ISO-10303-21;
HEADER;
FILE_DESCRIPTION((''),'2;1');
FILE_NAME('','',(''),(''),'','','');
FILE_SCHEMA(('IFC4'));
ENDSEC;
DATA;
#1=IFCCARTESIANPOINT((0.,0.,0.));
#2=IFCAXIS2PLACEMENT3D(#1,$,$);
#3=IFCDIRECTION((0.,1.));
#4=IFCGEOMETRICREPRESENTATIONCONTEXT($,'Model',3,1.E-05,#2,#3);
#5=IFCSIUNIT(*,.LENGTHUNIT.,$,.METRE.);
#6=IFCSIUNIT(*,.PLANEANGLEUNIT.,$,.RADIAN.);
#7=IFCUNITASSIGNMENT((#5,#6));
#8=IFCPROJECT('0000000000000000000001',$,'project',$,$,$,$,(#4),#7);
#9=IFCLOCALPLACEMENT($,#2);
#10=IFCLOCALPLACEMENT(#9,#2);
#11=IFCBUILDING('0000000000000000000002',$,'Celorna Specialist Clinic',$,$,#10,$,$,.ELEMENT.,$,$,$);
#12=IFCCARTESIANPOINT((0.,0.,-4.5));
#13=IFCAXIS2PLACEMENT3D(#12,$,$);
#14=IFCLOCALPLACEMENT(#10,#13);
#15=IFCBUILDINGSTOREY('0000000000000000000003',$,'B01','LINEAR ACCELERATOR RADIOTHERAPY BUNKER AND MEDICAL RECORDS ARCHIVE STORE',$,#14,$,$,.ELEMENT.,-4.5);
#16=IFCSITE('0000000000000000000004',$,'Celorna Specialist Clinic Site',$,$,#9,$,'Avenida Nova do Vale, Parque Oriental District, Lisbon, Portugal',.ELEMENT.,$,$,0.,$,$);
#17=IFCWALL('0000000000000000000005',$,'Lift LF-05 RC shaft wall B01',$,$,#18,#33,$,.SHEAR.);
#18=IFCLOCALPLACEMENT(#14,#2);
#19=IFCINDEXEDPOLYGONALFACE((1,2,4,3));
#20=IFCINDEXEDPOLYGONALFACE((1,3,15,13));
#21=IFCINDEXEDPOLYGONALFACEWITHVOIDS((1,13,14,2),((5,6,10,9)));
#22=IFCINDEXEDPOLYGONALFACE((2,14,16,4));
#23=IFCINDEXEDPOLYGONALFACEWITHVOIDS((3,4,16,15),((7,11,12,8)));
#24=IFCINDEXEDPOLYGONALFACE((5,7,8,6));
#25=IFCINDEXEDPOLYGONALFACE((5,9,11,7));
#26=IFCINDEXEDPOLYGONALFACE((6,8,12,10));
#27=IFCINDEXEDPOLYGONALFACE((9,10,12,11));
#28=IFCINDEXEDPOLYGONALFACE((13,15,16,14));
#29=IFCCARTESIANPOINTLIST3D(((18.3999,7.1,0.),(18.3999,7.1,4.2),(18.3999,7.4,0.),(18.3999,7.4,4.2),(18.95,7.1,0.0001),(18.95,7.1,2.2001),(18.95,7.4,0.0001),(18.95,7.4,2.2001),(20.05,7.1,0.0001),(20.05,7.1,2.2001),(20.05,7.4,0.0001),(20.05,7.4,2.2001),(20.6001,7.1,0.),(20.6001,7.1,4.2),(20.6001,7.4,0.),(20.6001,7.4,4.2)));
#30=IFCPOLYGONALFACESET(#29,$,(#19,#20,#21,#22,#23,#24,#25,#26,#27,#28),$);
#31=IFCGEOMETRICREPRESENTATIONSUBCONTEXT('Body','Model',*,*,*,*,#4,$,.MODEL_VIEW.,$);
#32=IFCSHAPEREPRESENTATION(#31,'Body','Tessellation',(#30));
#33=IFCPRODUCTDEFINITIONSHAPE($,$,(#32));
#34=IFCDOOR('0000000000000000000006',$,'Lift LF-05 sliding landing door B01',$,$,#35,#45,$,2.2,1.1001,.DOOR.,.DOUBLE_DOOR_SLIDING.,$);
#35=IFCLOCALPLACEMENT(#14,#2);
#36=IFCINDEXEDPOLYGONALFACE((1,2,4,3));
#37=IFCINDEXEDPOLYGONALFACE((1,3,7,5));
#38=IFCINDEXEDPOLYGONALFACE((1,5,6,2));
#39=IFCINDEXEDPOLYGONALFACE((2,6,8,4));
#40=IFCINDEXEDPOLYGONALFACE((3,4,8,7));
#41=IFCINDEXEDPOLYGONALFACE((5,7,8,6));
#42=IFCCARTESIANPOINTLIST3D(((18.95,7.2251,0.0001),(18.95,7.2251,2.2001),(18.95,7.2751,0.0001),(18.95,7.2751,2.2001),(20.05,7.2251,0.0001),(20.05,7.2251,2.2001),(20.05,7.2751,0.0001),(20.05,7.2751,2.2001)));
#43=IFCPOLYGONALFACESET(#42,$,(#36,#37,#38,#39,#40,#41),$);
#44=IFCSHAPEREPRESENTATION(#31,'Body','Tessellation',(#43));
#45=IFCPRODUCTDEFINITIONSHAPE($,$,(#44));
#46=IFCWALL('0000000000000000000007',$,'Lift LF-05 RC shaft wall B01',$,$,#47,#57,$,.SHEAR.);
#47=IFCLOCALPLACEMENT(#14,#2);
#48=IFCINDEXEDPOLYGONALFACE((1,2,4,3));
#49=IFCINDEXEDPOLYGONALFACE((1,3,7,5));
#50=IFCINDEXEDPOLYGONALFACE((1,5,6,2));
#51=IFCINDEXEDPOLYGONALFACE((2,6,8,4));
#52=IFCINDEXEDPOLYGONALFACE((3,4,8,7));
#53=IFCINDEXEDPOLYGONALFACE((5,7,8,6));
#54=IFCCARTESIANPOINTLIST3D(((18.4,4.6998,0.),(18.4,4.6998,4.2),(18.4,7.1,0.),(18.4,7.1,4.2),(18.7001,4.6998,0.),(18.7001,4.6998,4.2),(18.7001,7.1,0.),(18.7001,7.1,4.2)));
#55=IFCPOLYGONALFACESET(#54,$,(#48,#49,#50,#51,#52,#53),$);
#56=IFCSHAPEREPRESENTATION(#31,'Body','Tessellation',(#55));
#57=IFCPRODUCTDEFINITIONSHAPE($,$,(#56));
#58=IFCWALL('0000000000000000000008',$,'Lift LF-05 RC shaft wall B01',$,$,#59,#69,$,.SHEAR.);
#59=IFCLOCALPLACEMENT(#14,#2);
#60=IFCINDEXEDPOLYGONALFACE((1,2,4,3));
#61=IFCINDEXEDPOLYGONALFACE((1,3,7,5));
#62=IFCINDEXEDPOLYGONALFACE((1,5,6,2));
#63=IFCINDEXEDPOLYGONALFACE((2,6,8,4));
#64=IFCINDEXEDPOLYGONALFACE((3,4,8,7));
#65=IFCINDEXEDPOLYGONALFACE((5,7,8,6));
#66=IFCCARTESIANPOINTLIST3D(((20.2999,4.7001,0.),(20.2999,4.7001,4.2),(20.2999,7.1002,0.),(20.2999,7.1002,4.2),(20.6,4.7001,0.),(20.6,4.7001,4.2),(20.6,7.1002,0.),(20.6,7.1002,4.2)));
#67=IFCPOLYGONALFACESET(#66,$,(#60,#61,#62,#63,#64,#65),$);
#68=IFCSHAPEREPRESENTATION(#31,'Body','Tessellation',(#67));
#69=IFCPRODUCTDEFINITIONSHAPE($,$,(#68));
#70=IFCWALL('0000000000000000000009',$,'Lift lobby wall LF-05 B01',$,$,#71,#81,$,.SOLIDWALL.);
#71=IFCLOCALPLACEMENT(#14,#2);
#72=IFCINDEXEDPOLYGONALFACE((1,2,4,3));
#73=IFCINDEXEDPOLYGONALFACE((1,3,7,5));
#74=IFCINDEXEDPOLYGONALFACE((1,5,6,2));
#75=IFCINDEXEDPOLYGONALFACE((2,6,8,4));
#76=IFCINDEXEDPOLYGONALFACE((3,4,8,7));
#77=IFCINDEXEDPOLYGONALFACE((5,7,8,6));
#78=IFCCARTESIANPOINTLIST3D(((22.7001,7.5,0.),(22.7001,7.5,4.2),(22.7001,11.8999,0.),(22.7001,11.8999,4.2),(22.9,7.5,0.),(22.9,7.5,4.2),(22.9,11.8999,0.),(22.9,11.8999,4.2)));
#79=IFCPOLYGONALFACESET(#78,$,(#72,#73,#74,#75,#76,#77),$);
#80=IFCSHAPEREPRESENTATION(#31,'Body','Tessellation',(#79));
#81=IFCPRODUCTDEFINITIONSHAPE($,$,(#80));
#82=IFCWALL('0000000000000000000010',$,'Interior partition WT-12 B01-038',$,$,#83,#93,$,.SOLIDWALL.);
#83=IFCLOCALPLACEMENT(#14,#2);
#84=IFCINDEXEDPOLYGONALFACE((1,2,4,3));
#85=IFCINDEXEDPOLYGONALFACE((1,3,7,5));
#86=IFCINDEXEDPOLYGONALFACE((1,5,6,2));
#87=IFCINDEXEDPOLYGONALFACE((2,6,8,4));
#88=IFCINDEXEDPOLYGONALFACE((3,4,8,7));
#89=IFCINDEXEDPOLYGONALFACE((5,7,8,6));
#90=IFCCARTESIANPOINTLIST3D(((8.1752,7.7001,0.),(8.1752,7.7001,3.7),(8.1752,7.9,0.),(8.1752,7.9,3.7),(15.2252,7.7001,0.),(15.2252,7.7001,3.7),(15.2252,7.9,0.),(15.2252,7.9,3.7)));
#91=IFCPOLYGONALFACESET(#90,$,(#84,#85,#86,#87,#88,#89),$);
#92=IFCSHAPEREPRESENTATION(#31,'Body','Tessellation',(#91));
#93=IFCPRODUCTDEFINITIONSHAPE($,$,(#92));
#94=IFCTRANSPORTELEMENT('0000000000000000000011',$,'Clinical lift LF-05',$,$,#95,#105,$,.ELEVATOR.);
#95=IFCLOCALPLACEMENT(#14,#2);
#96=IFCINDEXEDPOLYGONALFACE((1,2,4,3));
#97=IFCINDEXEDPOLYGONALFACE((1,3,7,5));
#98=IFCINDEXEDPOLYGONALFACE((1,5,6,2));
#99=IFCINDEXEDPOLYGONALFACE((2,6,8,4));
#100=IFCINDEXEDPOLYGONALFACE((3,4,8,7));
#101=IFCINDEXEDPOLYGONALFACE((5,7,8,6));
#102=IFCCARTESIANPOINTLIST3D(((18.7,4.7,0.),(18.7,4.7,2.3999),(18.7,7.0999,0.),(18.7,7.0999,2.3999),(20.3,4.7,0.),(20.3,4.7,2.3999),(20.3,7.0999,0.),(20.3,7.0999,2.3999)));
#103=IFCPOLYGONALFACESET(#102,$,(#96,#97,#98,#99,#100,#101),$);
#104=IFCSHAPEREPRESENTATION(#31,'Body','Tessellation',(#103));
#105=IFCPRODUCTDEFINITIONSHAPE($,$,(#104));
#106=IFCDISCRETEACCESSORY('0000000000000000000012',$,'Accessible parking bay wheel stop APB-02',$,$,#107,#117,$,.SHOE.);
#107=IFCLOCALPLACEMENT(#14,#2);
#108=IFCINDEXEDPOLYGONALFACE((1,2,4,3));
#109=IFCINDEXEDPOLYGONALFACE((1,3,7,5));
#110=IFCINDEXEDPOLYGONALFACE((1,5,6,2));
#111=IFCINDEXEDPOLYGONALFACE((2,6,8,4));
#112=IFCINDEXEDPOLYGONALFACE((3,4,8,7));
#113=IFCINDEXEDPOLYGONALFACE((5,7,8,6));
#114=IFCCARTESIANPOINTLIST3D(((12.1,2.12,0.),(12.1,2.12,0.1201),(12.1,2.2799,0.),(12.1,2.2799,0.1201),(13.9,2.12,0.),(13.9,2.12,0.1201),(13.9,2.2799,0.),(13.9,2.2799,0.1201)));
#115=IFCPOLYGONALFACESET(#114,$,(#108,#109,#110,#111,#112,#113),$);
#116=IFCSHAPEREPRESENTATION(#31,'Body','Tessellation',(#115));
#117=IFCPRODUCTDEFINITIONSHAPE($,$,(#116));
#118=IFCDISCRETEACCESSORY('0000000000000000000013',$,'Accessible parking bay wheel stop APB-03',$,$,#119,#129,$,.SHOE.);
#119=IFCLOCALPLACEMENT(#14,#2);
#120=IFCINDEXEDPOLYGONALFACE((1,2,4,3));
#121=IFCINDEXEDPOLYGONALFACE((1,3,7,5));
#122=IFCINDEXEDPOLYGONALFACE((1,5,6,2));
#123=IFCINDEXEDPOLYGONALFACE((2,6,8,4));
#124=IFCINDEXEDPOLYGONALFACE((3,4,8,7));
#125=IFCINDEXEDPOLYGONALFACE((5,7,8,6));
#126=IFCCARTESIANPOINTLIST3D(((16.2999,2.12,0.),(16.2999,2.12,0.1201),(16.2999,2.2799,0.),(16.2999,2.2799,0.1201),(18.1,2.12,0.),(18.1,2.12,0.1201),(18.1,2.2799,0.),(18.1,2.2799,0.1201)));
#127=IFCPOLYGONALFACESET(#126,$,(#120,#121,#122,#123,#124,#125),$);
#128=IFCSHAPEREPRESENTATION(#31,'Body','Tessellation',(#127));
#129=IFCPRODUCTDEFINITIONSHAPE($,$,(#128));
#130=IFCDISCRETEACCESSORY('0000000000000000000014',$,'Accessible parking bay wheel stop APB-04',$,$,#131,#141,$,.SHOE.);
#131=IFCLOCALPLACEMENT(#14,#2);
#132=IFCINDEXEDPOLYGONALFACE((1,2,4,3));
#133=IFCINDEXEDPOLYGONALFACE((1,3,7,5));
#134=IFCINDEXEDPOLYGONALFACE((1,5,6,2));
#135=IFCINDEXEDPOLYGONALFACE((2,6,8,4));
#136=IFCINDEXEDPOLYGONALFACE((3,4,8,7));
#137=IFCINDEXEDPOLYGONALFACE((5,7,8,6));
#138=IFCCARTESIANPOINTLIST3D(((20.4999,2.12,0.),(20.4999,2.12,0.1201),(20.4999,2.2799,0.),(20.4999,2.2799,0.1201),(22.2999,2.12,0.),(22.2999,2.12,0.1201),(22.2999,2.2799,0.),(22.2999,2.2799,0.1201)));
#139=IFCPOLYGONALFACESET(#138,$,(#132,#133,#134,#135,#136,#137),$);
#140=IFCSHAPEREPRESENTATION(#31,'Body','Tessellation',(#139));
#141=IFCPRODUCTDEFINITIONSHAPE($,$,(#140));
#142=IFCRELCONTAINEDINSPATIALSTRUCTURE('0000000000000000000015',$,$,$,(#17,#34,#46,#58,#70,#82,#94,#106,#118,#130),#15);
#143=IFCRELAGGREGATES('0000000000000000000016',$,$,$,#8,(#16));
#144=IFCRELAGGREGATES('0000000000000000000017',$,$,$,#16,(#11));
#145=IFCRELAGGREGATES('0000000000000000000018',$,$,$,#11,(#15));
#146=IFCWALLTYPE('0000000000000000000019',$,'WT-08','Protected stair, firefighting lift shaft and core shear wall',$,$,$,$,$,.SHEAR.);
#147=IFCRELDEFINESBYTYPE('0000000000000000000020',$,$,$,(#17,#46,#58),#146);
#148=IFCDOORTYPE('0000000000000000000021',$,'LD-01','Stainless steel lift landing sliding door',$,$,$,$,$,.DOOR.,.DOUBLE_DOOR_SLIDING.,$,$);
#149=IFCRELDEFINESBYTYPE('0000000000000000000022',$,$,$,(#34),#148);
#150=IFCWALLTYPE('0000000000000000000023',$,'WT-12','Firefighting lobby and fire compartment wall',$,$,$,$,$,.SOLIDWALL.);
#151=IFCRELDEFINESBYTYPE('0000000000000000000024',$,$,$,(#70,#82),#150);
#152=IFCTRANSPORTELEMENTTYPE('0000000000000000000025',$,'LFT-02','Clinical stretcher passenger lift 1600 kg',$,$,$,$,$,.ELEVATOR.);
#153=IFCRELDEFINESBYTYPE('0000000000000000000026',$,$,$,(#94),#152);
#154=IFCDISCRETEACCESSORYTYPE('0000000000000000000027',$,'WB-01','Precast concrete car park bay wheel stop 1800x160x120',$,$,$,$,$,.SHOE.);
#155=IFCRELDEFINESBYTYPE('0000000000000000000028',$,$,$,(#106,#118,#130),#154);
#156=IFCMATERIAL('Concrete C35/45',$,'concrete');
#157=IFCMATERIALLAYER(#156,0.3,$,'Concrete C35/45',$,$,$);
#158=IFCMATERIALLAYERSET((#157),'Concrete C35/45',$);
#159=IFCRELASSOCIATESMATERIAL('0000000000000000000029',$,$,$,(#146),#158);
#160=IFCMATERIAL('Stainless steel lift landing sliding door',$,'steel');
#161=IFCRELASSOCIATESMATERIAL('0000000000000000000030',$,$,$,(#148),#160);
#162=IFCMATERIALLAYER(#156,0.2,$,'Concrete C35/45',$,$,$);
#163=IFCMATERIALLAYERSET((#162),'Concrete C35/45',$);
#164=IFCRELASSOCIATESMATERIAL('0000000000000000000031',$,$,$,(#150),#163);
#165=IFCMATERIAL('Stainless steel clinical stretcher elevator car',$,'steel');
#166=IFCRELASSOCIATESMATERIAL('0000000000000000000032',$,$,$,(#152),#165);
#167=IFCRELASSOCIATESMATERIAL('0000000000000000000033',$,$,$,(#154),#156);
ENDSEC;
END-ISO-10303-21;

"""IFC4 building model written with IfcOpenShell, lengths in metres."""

from ifc_helpers import new_model, si_unit, direction, frame, frame_2d, origin, origin_2d, place, context, subcontext, project, spatial, rectangle, extrude, material, layer, layer_set, type_object, element, fill, save


model = new_model("IFC4")

# Units and contexts
model_context = context("Model", 3, precision=1e-05, world=origin(), true_north=direction((0.0, 1.0)))
body_context = subcontext(model_context, "Body", "Model", "MODEL_VIEW")
ifc_project = project(units=[si_unit("LENGTHUNIT", "METRE"), si_unit("PLANEANGLEUNIT", "RADIAN")], contexts=[model_context])

# Site, building, storey
site_placement = place(None, origin())
site = spatial("IfcSite", under=ifc_project, at=site_placement, Name="Celorna Specialist Clinic Site", LongName="Avenida Nova do Vale, Parque Oriental District, Lisbon, Portugal", CompositionType="ELEMENT", RefElevation=0.0)
building_placement = place(site_placement, origin())
building = spatial("IfcBuilding", under=site, at=building_placement, Name="Celorna Specialist Clinic", CompositionType="ELEMENT")
storey_placement = place(building_placement, frame((0.0, 0.0, -4.5)))
storey = spatial("IfcBuildingStorey", under=building, at=storey_placement, Name="B01", Description="LINEAR ACCELERATOR RADIOTHERAPY BUNKER AND MEDICAL RECORDS ARCHIVE STORE", CompositionType="ELEMENT", Elevation=-4.5)

# Shared definitions
ifc_material_1 = material(Name="Concrete C35/45", Category="concrete")

# Shared definitions
ifc_layer_1 = layer(ifc_material_1, 0.3, Name="Concrete C35/45")
ifc_layer_set_1 = layer_set([ifc_layer_1], Name="Concrete C35/45")
wall_type_1 = type_object("IfcWallType", Name="WT-08", Description="Protected stair, firefighting lift shaft and core shear wall", PredefinedType="SHEAR", material=ifc_layer_set_1)

# Wall, opening, door
wall_1_placement = place(storey_placement, frame((20.6001, 7.25, 0.0), z_axis=(0.0, 0.0, 1.0), x_axis=(-1.0, 0.0, 0.0)))
wall_1 = element("IfcWall", 1, at=wall_1_placement, inside=storey, type_object=wall_type_1, Name="Lift LF-05 RC shaft wall B01", PredefinedType="SHEAR", context=body_context, shape_type="SweptSolid", body=[
    extrude(rectangle(XDim=2.2002, YDim=0.3, at=frame_2d((1.1001, 0.0))), origin(), (0.0, 0.0, 1.0), 4.2),
])
opening_placement = place(wall_1_placement, frame((0.55, 0.0, 0.0)))
opening = element("IfcOpeningElement", 2, at=opening_placement, cuts=wall_1, PredefinedType="OPENING", context=body_context, shape_type="SweptSolid", body=[
    extrude(rectangle(XDim=1.1001, YDim=2.2, at=frame_2d((0.55, 1.1001))), frame((0.0, 0.1599, 0.0), z_axis=(0.0, -1.0, 0.0), x_axis=(1.0, 0.0, 0.0)), (0.0, 0.0, 1.0), 0.3201),
])
ifc_material_2 = material(Name="Stainless steel lift landing sliding door", Category="steel")
door_type = type_object("IfcDoorType", Name="LD-01", Description="Stainless steel lift landing sliding door", OperationType="DOUBLE_DOOR_SLIDING", PredefinedType="DOOR", material=ifc_material_2)
door_placement = place(opening_placement, origin())
door = element("IfcDoor", 3, at=door_placement, inside=storey, type_object=door_type, Name="Lift LF-05 sliding landing door B01", OperationType="DOUBLE_DOOR_SLIDING", OverallHeight=2.2, OverallWidth=1.1001, PredefinedType="DOOR", context=body_context, shape_type="SweptSolid", body=[
    extrude(rectangle(XDim=1.1001, YDim=2.2, at=frame_2d((0.55, 1.1001))), frame((0.0, 0.0249, 0.0), z_axis=(0.0, -1.0, 0.0), x_axis=(1.0, 0.0, 0.0)), (0.0, 0.0, 1.0), 0.05),
])
fill(opening, door)

# Walls
for number, where, z_axis, x_axis, name in (
    (4, (18.55, 7.1001, 0.0), (0.0, 0.0, 1.0), (0.0, -1.0, 0.0), "Lift LF-05 RC shaft wall B01"),
    (5, (20.45, 4.7, 0.0), (0.0, 0.0, 1.0), (0.0, 1.0, 0.0), "Lift LF-05 RC shaft wall B01"),
):
    element("IfcWall", number, at=place(storey_placement, frame(where, z_axis=z_axis, x_axis=x_axis)), inside=storey, type_object=wall_type_1, Name=name, PredefinedType="SHEAR", context=body_context, shape_type="SweptSolid", body=[
        extrude(rectangle(XDim=2.4001, YDim=0.3, at=frame_2d((1.2002, 0.0))), origin(), (0.0, 0.0, 1.0), 4.2),
    ])
ifc_layer_2 = layer(ifc_material_1, 0.2, Name="Concrete C35/45")
ifc_layer_set_2 = layer_set([ifc_layer_2], Name="Concrete C35/45")
wall_type_2 = type_object("IfcWallType", Name="WT-12", Description="Firefighting lobby and fire compartment wall", PredefinedType="SOLIDWALL", material=ifc_layer_set_2)
wall_2_placement = place(storey_placement, frame((22.8, 7.5, 0.0), z_axis=(0.0, 0.0, 1.0), x_axis=(0.0, 1.0, 0.0)))
element("IfcWall", 6, at=wall_2_placement, inside=storey, type_object=wall_type_2, Name="Lift lobby wall LF-05 B01", PredefinedType="SOLIDWALL", context=body_context, shape_type="SweptSolid", body=[
    extrude(rectangle(XDim=4.3999, YDim=0.2, at=frame_2d((2.2, 0.0))), origin(), (0.0, 0.0, 1.0), 4.2),
])
wall_3_placement = place(storey_placement, frame((15.2251, 7.8, 0.0), z_axis=(0.0, 0.0, 1.0), x_axis=(-1.0, 0.0, 0.0)))
element("IfcWall", 7, at=wall_3_placement, inside=storey, type_object=wall_type_2, Name="Interior partition WT-12 B01-038", PredefinedType="SOLIDWALL", context=body_context, shape_type="SweptSolid", body=[
    extrude(rectangle(XDim=7.05, YDim=0.2, at=frame_2d((3.5249, 0.0))), origin(), (0.0, 0.0, 1.0), 3.7),
])

# Transport element
ifc_material_3 = material(Name="Stainless steel clinical stretcher elevator car", Category="steel")
transport_element_type = type_object("IfcTransportElementType", Name="LFT-02", Description="Clinical stretcher passenger lift 1600 kg", PredefinedType="ELEVATOR", material=ifc_material_3)
transport_element_placement = place(storey_placement, frame((19.5, 5.8999, 0.0), z_axis=(0.0, 0.0, 1.0), x_axis=(1.0, 0.0, 0.0)))
element("IfcTransportElement", 8, at=transport_element_placement, inside=storey, type_object=transport_element_type, Name="Clinical lift LF-05", PredefinedType="ELEVATOR", context=body_context, shape_type="SweptSolid", body=[
    extrude(rectangle(XDim=1.6001, YDim=2.3999, at=origin_2d()), origin(), (0.0, 0.0, 1.0), 2.3999),
])

# Discrete accessories
discrete_accessory_type = type_object("IfcDiscreteAccessoryType", Name="WB-01", Description="Precast concrete car park bay wheel stop 1800x160x120", PredefinedType="SHOE", material=ifc_material_1)
for number, where, z_axis, x_axis, name in (
    (9, (13.0, 2.2, 0.0), (0.0, 0.0, 1.0), (1.0, 0.0, 0.0), "Accessible parking bay wheel stop APB-02"),
    (10, (17.2, 2.2, 0.0), (0.0, 0.0, 1.0), (1.0, 0.0, 0.0), "Accessible parking bay wheel stop APB-03"),
    (11, (21.3999, 2.2, 0.0), (0.0, 0.0, 1.0), (1.0, 0.0, 0.0), "Accessible parking bay wheel stop APB-04"),
):
    element("IfcDiscreteAccessory", number, at=place(storey_placement, frame(where, z_axis=z_axis, x_axis=x_axis)), inside=storey, type_object=discrete_accessory_type, Name=name, PredefinedType="SHOE", context=body_context, shape_type="SweptSolid", body=[
        extrude(rectangle(XDim=1.8, YDim=0.1599, at=origin_2d()), origin(), (0.0, 0.0, 1.0), 0.1201),
    ])

save(model, "model.ifc")
